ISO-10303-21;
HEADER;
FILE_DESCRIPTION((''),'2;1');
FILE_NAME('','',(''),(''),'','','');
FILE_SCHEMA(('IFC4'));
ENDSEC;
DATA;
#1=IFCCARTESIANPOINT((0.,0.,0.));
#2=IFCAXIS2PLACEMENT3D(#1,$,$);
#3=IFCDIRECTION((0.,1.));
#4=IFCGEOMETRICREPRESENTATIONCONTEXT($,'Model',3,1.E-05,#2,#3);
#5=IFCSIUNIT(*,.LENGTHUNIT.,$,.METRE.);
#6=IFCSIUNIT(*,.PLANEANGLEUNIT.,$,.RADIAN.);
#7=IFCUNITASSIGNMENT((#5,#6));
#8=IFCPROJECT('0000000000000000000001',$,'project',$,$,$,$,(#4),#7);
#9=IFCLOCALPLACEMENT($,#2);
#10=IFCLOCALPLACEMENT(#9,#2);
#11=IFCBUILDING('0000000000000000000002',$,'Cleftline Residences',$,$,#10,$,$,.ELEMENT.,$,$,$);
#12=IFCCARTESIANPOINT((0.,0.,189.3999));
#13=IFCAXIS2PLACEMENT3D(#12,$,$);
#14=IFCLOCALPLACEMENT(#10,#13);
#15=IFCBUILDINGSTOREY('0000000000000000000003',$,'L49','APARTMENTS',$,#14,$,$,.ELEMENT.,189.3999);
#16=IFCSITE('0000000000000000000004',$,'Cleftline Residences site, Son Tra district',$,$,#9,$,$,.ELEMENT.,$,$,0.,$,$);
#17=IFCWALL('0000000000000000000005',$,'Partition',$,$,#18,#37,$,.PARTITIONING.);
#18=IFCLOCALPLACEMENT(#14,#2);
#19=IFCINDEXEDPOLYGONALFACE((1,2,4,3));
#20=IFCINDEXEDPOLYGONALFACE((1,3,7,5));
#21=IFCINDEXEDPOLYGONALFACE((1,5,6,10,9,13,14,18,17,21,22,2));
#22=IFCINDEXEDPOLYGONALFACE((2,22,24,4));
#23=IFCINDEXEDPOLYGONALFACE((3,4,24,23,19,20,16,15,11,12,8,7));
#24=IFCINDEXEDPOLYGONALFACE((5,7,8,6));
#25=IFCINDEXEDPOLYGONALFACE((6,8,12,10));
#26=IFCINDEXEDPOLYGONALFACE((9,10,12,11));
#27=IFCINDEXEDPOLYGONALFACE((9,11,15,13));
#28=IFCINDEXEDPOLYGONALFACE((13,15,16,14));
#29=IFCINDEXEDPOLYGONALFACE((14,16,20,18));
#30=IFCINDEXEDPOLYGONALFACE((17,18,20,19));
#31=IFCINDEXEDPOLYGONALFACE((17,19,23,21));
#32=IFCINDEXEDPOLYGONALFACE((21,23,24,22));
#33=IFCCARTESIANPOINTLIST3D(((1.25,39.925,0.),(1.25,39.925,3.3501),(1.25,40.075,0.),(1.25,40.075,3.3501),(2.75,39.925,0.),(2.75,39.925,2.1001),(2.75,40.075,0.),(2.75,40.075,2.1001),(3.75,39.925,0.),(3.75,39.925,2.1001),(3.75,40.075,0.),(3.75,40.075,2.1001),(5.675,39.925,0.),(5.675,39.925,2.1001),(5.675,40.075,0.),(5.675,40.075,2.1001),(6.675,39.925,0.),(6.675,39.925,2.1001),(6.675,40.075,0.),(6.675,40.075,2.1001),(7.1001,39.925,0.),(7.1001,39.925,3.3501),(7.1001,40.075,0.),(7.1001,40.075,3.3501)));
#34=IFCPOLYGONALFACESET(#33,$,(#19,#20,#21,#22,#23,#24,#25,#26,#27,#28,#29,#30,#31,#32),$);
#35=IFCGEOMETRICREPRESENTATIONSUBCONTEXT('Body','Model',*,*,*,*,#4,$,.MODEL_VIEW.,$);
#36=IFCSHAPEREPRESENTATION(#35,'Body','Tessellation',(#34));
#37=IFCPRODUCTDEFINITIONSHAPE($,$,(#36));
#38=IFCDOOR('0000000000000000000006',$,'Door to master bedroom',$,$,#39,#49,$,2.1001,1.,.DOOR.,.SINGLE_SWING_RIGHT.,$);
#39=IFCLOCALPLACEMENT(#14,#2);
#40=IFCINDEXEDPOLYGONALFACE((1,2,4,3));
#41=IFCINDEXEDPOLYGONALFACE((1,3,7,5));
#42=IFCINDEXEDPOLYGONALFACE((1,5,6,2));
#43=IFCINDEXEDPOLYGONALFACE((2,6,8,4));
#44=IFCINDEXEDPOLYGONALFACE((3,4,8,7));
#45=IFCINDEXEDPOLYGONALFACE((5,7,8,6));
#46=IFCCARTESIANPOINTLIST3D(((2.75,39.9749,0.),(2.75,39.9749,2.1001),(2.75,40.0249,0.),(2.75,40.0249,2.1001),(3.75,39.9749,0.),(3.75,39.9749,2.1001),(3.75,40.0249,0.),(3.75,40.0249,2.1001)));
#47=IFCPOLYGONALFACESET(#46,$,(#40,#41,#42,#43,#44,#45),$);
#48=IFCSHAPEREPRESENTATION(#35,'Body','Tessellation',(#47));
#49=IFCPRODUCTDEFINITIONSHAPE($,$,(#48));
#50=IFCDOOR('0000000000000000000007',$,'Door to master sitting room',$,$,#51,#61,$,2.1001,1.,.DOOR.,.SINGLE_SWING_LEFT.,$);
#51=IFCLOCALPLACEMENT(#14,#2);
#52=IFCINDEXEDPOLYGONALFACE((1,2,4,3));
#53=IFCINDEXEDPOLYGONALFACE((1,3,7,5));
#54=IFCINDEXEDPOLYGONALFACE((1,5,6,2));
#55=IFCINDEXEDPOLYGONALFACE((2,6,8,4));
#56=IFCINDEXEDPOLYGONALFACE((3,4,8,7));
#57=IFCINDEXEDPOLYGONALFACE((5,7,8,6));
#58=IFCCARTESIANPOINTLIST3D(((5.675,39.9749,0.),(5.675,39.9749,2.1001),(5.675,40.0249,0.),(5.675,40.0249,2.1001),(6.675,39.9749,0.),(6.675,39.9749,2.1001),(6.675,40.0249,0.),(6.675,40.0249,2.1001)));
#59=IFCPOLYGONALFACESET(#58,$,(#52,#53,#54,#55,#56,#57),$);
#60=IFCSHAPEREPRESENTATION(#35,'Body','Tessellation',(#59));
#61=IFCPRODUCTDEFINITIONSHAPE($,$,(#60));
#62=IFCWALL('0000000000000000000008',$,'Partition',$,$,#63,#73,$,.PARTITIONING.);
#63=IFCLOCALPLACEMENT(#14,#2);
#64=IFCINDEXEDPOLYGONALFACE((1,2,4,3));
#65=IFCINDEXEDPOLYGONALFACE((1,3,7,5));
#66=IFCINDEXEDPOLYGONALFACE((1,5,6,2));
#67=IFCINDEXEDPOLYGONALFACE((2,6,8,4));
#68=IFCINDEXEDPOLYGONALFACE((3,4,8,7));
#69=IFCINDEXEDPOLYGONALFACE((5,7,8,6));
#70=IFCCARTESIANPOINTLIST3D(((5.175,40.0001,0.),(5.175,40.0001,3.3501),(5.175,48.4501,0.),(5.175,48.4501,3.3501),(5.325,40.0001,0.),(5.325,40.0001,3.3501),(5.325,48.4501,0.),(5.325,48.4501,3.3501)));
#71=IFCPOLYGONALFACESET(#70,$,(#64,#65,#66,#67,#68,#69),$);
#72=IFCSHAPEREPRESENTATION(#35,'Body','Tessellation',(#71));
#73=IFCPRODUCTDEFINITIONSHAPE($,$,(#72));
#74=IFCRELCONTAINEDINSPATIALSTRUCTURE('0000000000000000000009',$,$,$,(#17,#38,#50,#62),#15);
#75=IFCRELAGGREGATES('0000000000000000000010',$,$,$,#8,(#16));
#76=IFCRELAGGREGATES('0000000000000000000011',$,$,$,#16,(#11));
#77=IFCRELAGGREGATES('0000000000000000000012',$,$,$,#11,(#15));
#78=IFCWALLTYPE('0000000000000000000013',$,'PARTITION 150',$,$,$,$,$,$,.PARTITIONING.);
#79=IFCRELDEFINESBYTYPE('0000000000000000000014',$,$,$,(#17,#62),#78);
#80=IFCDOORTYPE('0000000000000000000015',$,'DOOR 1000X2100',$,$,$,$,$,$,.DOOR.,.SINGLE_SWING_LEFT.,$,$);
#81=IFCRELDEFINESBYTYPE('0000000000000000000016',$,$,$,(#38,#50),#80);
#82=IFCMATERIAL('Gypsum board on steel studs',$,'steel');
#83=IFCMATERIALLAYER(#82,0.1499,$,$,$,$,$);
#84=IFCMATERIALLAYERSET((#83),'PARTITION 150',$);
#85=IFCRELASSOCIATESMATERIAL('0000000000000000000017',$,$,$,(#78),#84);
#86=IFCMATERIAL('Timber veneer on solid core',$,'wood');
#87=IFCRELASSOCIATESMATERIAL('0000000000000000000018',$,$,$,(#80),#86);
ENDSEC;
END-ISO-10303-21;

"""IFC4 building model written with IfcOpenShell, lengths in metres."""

from ifc_helpers import new_model, si_unit, direction, frame, frame_2d, origin, place, context, subcontext, project, spatial, rectangle, extrude, material, layer, layer_set, type_object, element, fill, save


model = new_model("IFC4")

# Units and contexts
model_context = context("Model", 3, precision=1e-05, world=origin(), true_north=direction((0.0, 1.0)))
body_context = subcontext(model_context, "Body", "Model", "MODEL_VIEW")
ifc_project = project(units=[si_unit("LENGTHUNIT", "METRE"), si_unit("PLANEANGLEUNIT", "RADIAN")], contexts=[model_context])

# Site, building, storey
site_placement = place(None, origin())
site = spatial("IfcSite", under=ifc_project, at=site_placement, Name="Cleftline Residences site, Son Tra district", CompositionType="ELEMENT", RefElevation=0.0)
building_placement = place(site_placement, origin())
building = spatial("IfcBuilding", under=site, at=building_placement, Name="Cleftline Residences", CompositionType="ELEMENT")
storey_placement = place(building_placement, frame((0.0, 0.0, 189.3999)))
storey = spatial("IfcBuildingStorey", under=building, at=storey_placement, Name="L49", Description="APARTMENTS", CompositionType="ELEMENT", Elevation=189.3999)

# Wall, openings, doors
ifc_material_1 = material(Name="Gypsum board on steel studs", Category="steel")
ifc_layer_1 = layer(ifc_material_1, 0.1499)
ifc_layer_set_1 = layer_set([ifc_layer_1], Name="PARTITION 150")
wall_type_1 = type_object("IfcWallType", Name="PARTITION 150", PredefinedType="PARTITIONING", material=ifc_layer_set_1)
wall_1_placement = place(storey_placement, frame((1.25, 40.0, 0.0), z_axis=(0.0, 0.0, 1.0), x_axis=(1.0, 0.0, 0.0)))
wall_1 = element("IfcWall", 1, at=wall_1_placement, inside=storey, type_object=wall_type_1, Name="Partition", PredefinedType="PARTITIONING", context=body_context, shape_type="SweptSolid", body=[
    extrude(rectangle(XDim=5.8501, YDim=0.1499, at=frame_2d((2.925, 0.0))), origin(), (0.0, 0.0, 1.0), 3.3501),
])
opening_1_placement = place(wall_1_placement, frame((1.5, 0.0, 0.0)))
opening_1 = element("IfcOpeningElement", 2, at=opening_1_placement, cuts=wall_1, PredefinedType="OPENING", context=body_context, shape_type="SweptSolid", body=[
    extrude(rectangle(XDim=1.0, YDim=2.1001, at=frame_2d((0.5, 1.05))), frame((0.0, 0.085, 0.0), z_axis=(0.0, -1.0, 0.0), x_axis=(1.0, 0.0, 0.0)), (0.0, 0.0, 1.0), 0.1699),
])
opening_2_placement = place(wall_1_placement, frame((4.425, 0.0, 0.0)))
opening_2 = element("IfcOpeningElement", 3, at=opening_2_placement, cuts=wall_1, PredefinedType="OPENING", context=body_context, shape_type="SweptSolid", body=[
    extrude(rectangle(XDim=1.0, YDim=2.1001, at=frame_2d((0.5, 1.05))), frame((0.0, 0.085, 0.0), z_axis=(0.0, -1.0, 0.0), x_axis=(1.0, 0.0, 0.0)), (0.0, 0.0, 1.0), 0.1699),
])
ifc_material_2 = material(Name="Timber veneer on solid core", Category="wood")
door_type = type_object("IfcDoorType", Name="DOOR 1000X2100", OperationType="SINGLE_SWING_LEFT", PredefinedType="DOOR", material=ifc_material_2)
door_1_placement = place(opening_1_placement, origin())
door_1 = element("IfcDoor", 4, at=door_1_placement, inside=storey, type_object=door_type, Name="Door to master bedroom", OperationType="SINGLE_SWING_RIGHT", OverallHeight=2.1001, OverallWidth=1.0, PredefinedType="DOOR", context=body_context, shape_type="SweptSolid", body=[
    extrude(rectangle(XDim=1.0, YDim=2.1001, at=frame_2d((0.5, 1.05))), frame((0.0, 0.0249, 0.0), z_axis=(0.0, -1.0, 0.0), x_axis=(1.0, 0.0, 0.0)), (0.0, 0.0, 1.0), 0.05),
])
fill(opening_1, door_1)
door_2_placement = place(opening_2_placement, origin())
door_2 = element("IfcDoor", 5, at=door_2_placement, inside=storey, type_object=door_type, Name="Door to master sitting room", OperationType="SINGLE_SWING_LEFT", OverallHeight=2.1001, OverallWidth=1.0, PredefinedType="DOOR", context=body_context, shape_type="SweptSolid", body=[
    extrude(rectangle(XDim=1.0, YDim=2.1001, at=frame_2d((0.5, 1.05))), frame((0.0, 0.0249, 0.0), z_axis=(0.0, -1.0, 0.0), x_axis=(1.0, 0.0, 0.0)), (0.0, 0.0, 1.0), 0.05),
])
fill(opening_2, door_2)

# Wall
wall_2_placement = place(storey_placement, frame((5.25, 40.0, 0.0), z_axis=(0.0, 0.0, 1.0), x_axis=(0.0, 1.0, 0.0)))
element("IfcWall", 6, at=wall_2_placement, inside=storey, type_object=wall_type_1, Name="Partition", PredefinedType="PARTITIONING", context=body_context, shape_type="SweptSolid", body=[
    extrude(rectangle(XDim=8.45, YDim=0.1499, at=frame_2d((4.2251, 0.0))), origin(), (0.0, 0.0, 1.0), 3.3501),
])

save(model, "model.ifc")
